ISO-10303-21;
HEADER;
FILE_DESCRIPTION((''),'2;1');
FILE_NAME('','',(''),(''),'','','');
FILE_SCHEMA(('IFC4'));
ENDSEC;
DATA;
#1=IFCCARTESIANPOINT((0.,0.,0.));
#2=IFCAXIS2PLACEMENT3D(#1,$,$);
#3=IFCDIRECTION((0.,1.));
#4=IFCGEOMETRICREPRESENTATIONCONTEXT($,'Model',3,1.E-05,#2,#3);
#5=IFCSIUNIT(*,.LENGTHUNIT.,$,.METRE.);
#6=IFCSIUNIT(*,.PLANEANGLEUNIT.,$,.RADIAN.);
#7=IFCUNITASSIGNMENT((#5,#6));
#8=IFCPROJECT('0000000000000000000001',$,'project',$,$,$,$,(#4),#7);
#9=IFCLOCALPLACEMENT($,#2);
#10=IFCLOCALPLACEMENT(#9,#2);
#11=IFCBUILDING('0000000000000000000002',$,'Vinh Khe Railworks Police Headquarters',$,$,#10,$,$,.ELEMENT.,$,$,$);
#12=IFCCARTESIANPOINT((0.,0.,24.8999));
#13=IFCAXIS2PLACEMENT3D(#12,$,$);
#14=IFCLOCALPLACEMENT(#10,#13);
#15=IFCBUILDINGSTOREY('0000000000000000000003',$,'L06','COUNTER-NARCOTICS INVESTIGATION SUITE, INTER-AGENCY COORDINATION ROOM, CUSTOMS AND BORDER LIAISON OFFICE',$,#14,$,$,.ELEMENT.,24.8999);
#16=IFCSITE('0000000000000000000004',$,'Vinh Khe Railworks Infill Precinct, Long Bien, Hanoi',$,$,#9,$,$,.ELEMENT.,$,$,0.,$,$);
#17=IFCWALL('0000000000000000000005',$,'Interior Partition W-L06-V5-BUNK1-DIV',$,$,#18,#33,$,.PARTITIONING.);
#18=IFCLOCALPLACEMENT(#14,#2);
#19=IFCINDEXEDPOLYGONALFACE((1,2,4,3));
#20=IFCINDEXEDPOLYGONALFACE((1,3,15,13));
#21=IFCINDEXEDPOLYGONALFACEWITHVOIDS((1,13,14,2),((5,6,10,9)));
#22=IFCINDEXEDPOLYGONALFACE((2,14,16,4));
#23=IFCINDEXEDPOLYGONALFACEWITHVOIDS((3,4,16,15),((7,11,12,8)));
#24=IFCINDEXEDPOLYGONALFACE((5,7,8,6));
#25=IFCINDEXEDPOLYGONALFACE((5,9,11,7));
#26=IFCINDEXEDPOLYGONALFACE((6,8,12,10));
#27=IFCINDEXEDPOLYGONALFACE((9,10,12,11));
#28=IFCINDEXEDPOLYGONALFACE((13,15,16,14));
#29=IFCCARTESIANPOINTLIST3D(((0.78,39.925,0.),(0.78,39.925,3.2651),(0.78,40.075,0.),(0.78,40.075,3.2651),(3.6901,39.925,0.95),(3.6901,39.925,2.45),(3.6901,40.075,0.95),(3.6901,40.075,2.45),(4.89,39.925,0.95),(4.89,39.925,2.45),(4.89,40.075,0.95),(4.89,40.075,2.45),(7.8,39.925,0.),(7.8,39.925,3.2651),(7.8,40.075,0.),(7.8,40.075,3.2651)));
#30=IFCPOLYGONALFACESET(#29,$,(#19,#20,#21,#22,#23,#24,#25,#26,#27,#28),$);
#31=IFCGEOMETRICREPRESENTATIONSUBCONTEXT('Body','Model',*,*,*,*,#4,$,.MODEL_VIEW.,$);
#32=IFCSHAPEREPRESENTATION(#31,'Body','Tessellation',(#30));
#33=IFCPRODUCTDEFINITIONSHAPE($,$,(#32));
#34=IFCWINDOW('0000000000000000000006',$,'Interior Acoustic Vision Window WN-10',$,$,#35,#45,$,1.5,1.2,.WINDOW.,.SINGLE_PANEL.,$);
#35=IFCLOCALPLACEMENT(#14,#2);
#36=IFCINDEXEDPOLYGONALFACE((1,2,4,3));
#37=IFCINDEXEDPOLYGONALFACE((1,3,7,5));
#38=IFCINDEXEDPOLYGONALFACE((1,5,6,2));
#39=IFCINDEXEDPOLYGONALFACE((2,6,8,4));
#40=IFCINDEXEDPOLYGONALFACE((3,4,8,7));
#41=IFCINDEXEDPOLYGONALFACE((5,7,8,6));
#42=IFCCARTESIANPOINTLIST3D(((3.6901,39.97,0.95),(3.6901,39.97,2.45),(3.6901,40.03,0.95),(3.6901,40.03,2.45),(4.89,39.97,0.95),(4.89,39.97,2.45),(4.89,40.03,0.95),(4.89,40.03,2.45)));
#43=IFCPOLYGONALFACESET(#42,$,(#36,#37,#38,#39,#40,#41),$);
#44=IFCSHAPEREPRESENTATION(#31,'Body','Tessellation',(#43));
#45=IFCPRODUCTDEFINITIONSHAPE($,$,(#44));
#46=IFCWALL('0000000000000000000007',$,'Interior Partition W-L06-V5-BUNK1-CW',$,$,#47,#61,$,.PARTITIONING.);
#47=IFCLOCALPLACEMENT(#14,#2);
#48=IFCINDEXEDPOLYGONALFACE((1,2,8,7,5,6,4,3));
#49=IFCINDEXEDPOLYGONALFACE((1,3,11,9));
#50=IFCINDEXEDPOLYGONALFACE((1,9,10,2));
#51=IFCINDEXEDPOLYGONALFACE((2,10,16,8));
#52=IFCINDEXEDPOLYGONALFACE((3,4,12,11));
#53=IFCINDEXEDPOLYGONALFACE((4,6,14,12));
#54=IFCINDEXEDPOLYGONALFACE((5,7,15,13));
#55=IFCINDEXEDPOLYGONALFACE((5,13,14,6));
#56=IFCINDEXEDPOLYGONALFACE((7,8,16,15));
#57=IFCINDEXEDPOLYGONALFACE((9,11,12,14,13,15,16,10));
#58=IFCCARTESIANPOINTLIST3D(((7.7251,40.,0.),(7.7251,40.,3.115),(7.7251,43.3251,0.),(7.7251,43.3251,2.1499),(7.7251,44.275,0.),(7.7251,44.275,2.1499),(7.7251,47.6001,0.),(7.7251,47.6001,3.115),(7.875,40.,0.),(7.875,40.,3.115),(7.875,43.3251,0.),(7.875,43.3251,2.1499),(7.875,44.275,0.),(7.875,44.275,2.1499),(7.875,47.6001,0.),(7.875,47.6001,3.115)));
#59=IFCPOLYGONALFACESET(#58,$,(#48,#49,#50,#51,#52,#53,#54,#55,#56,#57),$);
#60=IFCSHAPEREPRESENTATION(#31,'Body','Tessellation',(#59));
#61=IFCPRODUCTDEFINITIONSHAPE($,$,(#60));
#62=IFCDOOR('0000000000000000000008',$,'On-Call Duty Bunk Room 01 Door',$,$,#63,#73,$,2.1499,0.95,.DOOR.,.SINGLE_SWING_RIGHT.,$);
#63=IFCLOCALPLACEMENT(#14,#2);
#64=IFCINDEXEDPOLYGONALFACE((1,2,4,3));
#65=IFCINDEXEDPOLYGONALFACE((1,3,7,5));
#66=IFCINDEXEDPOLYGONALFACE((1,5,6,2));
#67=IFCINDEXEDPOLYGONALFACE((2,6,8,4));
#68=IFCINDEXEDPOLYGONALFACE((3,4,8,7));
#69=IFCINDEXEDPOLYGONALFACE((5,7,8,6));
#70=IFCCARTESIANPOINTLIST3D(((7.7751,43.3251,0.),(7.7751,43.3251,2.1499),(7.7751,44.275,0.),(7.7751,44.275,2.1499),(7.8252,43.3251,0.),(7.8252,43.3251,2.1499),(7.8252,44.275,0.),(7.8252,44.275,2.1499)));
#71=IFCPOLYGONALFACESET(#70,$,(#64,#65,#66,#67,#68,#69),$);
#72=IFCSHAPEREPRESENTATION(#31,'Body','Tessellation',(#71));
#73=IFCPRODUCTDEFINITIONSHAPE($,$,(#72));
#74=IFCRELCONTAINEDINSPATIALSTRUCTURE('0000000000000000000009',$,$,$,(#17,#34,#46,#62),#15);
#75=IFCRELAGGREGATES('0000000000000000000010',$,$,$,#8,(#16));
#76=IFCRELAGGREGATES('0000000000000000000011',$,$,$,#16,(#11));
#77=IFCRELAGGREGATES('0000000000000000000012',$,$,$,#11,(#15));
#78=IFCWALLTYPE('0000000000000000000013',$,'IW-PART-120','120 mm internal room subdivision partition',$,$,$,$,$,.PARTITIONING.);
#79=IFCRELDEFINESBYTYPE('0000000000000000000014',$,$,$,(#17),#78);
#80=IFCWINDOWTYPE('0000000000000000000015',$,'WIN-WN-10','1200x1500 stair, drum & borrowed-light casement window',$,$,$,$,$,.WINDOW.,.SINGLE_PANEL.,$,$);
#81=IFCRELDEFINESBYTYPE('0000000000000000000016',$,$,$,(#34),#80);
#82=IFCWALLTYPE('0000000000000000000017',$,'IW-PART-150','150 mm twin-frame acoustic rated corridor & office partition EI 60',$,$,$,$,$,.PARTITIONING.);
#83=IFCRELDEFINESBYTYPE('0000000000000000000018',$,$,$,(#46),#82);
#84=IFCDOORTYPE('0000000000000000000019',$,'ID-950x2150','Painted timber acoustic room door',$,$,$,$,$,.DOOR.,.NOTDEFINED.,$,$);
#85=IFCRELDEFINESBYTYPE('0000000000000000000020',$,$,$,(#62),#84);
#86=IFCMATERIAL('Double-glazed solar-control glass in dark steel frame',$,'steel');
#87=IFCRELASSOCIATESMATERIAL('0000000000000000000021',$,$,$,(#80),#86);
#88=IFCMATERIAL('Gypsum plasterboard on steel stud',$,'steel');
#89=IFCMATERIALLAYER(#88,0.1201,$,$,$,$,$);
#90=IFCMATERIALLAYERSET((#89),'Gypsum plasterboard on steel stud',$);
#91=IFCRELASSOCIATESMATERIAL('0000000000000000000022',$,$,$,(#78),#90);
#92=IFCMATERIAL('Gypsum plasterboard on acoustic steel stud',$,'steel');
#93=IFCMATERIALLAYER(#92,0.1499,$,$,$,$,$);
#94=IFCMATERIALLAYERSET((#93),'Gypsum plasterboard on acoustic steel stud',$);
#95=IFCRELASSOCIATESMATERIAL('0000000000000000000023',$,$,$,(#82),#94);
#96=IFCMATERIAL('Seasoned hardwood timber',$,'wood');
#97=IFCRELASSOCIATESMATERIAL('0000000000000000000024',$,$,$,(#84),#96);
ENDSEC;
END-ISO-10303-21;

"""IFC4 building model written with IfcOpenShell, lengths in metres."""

from ifc_helpers import new_model, si_unit, direction, frame, frame_2d, origin, place, context, subcontext, project, spatial, rectangle, extrude, material, layer, layer_set, type_object, element, fill, save


model = new_model("IFC4")

# Units and contexts
model_context = context("Model", 3, precision=1e-05, world=origin(), true_north=direction((0.0, 1.0)))
body_context = subcontext(model_context, "Body", "Model", "MODEL_VIEW")
ifc_project = project(units=[si_unit("LENGTHUNIT", "METRE"), si_unit("PLANEANGLEUNIT", "RADIAN")], contexts=[model_context])

# Site, building, storey
site_placement = place(None, origin())
site = spatial("IfcSite", under=ifc_project, at=site_placement, Name="Vinh Khe Railworks Infill Precinct, Long Bien, Hanoi", CompositionType="ELEMENT", RefElevation=0.0)
building_placement = place(site_placement, origin())
building = spatial("IfcBuilding", under=site, at=building_placement, Name="Vinh Khe Railworks Police Headquarters", CompositionType="ELEMENT")
storey_placement = place(building_placement, frame((0.0, 0.0, 24.8999)))
storey = spatial("IfcBuildingStorey", under=building, at=storey_placement, Name="L06", Description="COUNTER-NARCOTICS INVESTIGATION SUITE, INTER-AGENCY COORDINATION ROOM, CUSTOMS AND BORDER LIAISON OFFICE", CompositionType="ELEMENT", Elevation=24.8999)

# Wall, opening, window
ifc_material_1 = material(Name="Double-glazed solar-control glass in dark steel frame", Category="steel")
window_type_1 = type_object("IfcWindowType", Name="WIN-WN-10", Description="1200x1500 stair, drum & borrowed-light casement window", PartitioningType="SINGLE_PANEL", PredefinedType="WINDOW", material=ifc_material_1)
ifc_material_2 = material(Name="Gypsum plasterboard on steel stud", Category="steel")
ifc_layer_1 = layer(ifc_material_2, 0.1201)
ifc_layer_set_1 = layer_set([ifc_layer_1], Name="Gypsum plasterboard on steel stud")
wall_type_1 = type_object("IfcWallType", Name="IW-PART-120", Description="120 mm internal room subdivision partition", PredefinedType="PARTITIONING", material=ifc_layer_set_1)
wall_1_placement = place(storey_placement, frame((0.78, 40.0, 0.0), z_axis=(0.0, 0.0, 1.0), x_axis=(1.0, 0.0, 0.0)))
wall_1 = element("IfcWall", 1, at=wall_1_placement, inside=storey, type_object=wall_type_1, Name="Interior Partition W-L06-V5-BUNK1-DIV", PredefinedType="PARTITIONING", context=body_context, shape_type="SweptSolid", body=[
    extrude(rectangle(XDim=7.02, YDim=0.1499, at=frame_2d((3.51, 0.0))), origin(), (0.0, 0.0, 1.0), 3.2651),
])
opening_1_placement = place(wall_1_placement, frame((2.9099, 0.0, 0.95)))
opening_1 = element("IfcOpeningElement", 2, at=opening_1_placement, cuts=wall_1, PredefinedType="OPENING", context=body_context, shape_type="SweptSolid", body=[
    extrude(rectangle(XDim=1.2, YDim=1.5, at=frame_2d((0.6001, 0.75))), frame((0.0, 0.0898, 0.0), z_axis=(0.0, -1.0, 0.0), x_axis=(1.0, 0.0, 0.0)), (0.0, 0.0, 1.0), 0.1797),
])
window_1_placement = place(opening_1_placement, origin())
window_1 = element("IfcWindow", 3, at=window_1_placement, inside=storey, type_object=window_type_1, Name="Interior Acoustic Vision Window WN-10", OverallHeight=1.5, OverallWidth=1.2, PartitioningType="SINGLE_PANEL", PredefinedType="WINDOW", context=body_context, shape_type="SweptSolid", body=[
    extrude(rectangle(XDim=1.2, YDim=1.5, at=frame_2d((0.6001, 0.75))), frame((0.0, 0.03, 0.0), z_axis=(0.0, -1.0, 0.0), x_axis=(1.0, 0.0, 0.0)), (0.0, 0.0, 1.0), 0.0601),
])
fill(opening_1, window_1)

# Wall, opening, door
ifc_material_3 = material(Name="Gypsum plasterboard on acoustic steel stud", Category="steel")
ifc_layer_2 = layer(ifc_material_3, 0.1499)
ifc_layer_set_2 = layer_set([ifc_layer_2], Name="Gypsum plasterboard on acoustic steel stud")
wall_type_2 = type_object("IfcWallType", Name="IW-PART-150", Description="150 mm twin-frame acoustic rated corridor & office partition EI 60", PredefinedType="PARTITIONING", material=ifc_layer_set_2)
wall_2_placement = place(storey_placement, frame((7.8, 40.0, 0.0), z_axis=(0.0, 0.0, 1.0), x_axis=(0.0, 1.0, 0.0)))
wall_2 = element("IfcWall", 4, at=wall_2_placement, inside=storey, type_object=wall_type_2, Name="Interior Partition W-L06-V5-BUNK1-CW", PredefinedType="PARTITIONING", context=body_context, shape_type="SweptSolid", body=[
    extrude(rectangle(XDim=7.6001, YDim=0.1499, at=frame_2d((3.8, 0.0))), origin(), (0.0, 0.0, 1.0), 3.115),
])
opening_2_placement = place(wall_2_placement, frame((3.325, 0.0, 0.0)))
opening_2 = element("IfcOpeningElement", 5, at=opening_2_placement, cuts=wall_2, PredefinedType="OPENING", context=body_context, shape_type="SweptSolid", body=[
    extrude(rectangle(XDim=0.95, YDim=2.1499, at=frame_2d((0.4751, 1.075))), frame((0.0, 0.0898, 0.0), z_axis=(0.0, -1.0, 0.0), x_axis=(1.0, 0.0, 0.0)), (0.0, 0.0, 1.0), 0.1797),
])
ifc_material_4 = material(Name="Seasoned hardwood timber", Category="wood")
door_type = type_object("IfcDoorType", Name="ID-950x2150", Description="Painted timber acoustic room door", OperationType="NOTDEFINED", PredefinedType="DOOR", material=ifc_material_4)
door_placement = place(opening_2_placement, origin())
door = element("IfcDoor", 6, at=door_placement, inside=storey, type_object=door_type, Name="On-Call Duty Bunk Room 01 Door", OperationType="SINGLE_SWING_RIGHT", OverallHeight=2.1499, OverallWidth=0.95, PredefinedType="DOOR", context=body_context, shape_type="SweptSolid", body=[
    extrude(rectangle(XDim=0.95, YDim=2.1499, at=frame_2d((0.4751, 1.075))), frame((0.0, 0.0249, 0.0), z_axis=(0.0, -1.0, 0.0), x_axis=(1.0, 0.0, 0.0)), (0.0, 0.0, 1.0), 0.05),
])
fill(opening_2, door)

save(model, "model.ifc")
